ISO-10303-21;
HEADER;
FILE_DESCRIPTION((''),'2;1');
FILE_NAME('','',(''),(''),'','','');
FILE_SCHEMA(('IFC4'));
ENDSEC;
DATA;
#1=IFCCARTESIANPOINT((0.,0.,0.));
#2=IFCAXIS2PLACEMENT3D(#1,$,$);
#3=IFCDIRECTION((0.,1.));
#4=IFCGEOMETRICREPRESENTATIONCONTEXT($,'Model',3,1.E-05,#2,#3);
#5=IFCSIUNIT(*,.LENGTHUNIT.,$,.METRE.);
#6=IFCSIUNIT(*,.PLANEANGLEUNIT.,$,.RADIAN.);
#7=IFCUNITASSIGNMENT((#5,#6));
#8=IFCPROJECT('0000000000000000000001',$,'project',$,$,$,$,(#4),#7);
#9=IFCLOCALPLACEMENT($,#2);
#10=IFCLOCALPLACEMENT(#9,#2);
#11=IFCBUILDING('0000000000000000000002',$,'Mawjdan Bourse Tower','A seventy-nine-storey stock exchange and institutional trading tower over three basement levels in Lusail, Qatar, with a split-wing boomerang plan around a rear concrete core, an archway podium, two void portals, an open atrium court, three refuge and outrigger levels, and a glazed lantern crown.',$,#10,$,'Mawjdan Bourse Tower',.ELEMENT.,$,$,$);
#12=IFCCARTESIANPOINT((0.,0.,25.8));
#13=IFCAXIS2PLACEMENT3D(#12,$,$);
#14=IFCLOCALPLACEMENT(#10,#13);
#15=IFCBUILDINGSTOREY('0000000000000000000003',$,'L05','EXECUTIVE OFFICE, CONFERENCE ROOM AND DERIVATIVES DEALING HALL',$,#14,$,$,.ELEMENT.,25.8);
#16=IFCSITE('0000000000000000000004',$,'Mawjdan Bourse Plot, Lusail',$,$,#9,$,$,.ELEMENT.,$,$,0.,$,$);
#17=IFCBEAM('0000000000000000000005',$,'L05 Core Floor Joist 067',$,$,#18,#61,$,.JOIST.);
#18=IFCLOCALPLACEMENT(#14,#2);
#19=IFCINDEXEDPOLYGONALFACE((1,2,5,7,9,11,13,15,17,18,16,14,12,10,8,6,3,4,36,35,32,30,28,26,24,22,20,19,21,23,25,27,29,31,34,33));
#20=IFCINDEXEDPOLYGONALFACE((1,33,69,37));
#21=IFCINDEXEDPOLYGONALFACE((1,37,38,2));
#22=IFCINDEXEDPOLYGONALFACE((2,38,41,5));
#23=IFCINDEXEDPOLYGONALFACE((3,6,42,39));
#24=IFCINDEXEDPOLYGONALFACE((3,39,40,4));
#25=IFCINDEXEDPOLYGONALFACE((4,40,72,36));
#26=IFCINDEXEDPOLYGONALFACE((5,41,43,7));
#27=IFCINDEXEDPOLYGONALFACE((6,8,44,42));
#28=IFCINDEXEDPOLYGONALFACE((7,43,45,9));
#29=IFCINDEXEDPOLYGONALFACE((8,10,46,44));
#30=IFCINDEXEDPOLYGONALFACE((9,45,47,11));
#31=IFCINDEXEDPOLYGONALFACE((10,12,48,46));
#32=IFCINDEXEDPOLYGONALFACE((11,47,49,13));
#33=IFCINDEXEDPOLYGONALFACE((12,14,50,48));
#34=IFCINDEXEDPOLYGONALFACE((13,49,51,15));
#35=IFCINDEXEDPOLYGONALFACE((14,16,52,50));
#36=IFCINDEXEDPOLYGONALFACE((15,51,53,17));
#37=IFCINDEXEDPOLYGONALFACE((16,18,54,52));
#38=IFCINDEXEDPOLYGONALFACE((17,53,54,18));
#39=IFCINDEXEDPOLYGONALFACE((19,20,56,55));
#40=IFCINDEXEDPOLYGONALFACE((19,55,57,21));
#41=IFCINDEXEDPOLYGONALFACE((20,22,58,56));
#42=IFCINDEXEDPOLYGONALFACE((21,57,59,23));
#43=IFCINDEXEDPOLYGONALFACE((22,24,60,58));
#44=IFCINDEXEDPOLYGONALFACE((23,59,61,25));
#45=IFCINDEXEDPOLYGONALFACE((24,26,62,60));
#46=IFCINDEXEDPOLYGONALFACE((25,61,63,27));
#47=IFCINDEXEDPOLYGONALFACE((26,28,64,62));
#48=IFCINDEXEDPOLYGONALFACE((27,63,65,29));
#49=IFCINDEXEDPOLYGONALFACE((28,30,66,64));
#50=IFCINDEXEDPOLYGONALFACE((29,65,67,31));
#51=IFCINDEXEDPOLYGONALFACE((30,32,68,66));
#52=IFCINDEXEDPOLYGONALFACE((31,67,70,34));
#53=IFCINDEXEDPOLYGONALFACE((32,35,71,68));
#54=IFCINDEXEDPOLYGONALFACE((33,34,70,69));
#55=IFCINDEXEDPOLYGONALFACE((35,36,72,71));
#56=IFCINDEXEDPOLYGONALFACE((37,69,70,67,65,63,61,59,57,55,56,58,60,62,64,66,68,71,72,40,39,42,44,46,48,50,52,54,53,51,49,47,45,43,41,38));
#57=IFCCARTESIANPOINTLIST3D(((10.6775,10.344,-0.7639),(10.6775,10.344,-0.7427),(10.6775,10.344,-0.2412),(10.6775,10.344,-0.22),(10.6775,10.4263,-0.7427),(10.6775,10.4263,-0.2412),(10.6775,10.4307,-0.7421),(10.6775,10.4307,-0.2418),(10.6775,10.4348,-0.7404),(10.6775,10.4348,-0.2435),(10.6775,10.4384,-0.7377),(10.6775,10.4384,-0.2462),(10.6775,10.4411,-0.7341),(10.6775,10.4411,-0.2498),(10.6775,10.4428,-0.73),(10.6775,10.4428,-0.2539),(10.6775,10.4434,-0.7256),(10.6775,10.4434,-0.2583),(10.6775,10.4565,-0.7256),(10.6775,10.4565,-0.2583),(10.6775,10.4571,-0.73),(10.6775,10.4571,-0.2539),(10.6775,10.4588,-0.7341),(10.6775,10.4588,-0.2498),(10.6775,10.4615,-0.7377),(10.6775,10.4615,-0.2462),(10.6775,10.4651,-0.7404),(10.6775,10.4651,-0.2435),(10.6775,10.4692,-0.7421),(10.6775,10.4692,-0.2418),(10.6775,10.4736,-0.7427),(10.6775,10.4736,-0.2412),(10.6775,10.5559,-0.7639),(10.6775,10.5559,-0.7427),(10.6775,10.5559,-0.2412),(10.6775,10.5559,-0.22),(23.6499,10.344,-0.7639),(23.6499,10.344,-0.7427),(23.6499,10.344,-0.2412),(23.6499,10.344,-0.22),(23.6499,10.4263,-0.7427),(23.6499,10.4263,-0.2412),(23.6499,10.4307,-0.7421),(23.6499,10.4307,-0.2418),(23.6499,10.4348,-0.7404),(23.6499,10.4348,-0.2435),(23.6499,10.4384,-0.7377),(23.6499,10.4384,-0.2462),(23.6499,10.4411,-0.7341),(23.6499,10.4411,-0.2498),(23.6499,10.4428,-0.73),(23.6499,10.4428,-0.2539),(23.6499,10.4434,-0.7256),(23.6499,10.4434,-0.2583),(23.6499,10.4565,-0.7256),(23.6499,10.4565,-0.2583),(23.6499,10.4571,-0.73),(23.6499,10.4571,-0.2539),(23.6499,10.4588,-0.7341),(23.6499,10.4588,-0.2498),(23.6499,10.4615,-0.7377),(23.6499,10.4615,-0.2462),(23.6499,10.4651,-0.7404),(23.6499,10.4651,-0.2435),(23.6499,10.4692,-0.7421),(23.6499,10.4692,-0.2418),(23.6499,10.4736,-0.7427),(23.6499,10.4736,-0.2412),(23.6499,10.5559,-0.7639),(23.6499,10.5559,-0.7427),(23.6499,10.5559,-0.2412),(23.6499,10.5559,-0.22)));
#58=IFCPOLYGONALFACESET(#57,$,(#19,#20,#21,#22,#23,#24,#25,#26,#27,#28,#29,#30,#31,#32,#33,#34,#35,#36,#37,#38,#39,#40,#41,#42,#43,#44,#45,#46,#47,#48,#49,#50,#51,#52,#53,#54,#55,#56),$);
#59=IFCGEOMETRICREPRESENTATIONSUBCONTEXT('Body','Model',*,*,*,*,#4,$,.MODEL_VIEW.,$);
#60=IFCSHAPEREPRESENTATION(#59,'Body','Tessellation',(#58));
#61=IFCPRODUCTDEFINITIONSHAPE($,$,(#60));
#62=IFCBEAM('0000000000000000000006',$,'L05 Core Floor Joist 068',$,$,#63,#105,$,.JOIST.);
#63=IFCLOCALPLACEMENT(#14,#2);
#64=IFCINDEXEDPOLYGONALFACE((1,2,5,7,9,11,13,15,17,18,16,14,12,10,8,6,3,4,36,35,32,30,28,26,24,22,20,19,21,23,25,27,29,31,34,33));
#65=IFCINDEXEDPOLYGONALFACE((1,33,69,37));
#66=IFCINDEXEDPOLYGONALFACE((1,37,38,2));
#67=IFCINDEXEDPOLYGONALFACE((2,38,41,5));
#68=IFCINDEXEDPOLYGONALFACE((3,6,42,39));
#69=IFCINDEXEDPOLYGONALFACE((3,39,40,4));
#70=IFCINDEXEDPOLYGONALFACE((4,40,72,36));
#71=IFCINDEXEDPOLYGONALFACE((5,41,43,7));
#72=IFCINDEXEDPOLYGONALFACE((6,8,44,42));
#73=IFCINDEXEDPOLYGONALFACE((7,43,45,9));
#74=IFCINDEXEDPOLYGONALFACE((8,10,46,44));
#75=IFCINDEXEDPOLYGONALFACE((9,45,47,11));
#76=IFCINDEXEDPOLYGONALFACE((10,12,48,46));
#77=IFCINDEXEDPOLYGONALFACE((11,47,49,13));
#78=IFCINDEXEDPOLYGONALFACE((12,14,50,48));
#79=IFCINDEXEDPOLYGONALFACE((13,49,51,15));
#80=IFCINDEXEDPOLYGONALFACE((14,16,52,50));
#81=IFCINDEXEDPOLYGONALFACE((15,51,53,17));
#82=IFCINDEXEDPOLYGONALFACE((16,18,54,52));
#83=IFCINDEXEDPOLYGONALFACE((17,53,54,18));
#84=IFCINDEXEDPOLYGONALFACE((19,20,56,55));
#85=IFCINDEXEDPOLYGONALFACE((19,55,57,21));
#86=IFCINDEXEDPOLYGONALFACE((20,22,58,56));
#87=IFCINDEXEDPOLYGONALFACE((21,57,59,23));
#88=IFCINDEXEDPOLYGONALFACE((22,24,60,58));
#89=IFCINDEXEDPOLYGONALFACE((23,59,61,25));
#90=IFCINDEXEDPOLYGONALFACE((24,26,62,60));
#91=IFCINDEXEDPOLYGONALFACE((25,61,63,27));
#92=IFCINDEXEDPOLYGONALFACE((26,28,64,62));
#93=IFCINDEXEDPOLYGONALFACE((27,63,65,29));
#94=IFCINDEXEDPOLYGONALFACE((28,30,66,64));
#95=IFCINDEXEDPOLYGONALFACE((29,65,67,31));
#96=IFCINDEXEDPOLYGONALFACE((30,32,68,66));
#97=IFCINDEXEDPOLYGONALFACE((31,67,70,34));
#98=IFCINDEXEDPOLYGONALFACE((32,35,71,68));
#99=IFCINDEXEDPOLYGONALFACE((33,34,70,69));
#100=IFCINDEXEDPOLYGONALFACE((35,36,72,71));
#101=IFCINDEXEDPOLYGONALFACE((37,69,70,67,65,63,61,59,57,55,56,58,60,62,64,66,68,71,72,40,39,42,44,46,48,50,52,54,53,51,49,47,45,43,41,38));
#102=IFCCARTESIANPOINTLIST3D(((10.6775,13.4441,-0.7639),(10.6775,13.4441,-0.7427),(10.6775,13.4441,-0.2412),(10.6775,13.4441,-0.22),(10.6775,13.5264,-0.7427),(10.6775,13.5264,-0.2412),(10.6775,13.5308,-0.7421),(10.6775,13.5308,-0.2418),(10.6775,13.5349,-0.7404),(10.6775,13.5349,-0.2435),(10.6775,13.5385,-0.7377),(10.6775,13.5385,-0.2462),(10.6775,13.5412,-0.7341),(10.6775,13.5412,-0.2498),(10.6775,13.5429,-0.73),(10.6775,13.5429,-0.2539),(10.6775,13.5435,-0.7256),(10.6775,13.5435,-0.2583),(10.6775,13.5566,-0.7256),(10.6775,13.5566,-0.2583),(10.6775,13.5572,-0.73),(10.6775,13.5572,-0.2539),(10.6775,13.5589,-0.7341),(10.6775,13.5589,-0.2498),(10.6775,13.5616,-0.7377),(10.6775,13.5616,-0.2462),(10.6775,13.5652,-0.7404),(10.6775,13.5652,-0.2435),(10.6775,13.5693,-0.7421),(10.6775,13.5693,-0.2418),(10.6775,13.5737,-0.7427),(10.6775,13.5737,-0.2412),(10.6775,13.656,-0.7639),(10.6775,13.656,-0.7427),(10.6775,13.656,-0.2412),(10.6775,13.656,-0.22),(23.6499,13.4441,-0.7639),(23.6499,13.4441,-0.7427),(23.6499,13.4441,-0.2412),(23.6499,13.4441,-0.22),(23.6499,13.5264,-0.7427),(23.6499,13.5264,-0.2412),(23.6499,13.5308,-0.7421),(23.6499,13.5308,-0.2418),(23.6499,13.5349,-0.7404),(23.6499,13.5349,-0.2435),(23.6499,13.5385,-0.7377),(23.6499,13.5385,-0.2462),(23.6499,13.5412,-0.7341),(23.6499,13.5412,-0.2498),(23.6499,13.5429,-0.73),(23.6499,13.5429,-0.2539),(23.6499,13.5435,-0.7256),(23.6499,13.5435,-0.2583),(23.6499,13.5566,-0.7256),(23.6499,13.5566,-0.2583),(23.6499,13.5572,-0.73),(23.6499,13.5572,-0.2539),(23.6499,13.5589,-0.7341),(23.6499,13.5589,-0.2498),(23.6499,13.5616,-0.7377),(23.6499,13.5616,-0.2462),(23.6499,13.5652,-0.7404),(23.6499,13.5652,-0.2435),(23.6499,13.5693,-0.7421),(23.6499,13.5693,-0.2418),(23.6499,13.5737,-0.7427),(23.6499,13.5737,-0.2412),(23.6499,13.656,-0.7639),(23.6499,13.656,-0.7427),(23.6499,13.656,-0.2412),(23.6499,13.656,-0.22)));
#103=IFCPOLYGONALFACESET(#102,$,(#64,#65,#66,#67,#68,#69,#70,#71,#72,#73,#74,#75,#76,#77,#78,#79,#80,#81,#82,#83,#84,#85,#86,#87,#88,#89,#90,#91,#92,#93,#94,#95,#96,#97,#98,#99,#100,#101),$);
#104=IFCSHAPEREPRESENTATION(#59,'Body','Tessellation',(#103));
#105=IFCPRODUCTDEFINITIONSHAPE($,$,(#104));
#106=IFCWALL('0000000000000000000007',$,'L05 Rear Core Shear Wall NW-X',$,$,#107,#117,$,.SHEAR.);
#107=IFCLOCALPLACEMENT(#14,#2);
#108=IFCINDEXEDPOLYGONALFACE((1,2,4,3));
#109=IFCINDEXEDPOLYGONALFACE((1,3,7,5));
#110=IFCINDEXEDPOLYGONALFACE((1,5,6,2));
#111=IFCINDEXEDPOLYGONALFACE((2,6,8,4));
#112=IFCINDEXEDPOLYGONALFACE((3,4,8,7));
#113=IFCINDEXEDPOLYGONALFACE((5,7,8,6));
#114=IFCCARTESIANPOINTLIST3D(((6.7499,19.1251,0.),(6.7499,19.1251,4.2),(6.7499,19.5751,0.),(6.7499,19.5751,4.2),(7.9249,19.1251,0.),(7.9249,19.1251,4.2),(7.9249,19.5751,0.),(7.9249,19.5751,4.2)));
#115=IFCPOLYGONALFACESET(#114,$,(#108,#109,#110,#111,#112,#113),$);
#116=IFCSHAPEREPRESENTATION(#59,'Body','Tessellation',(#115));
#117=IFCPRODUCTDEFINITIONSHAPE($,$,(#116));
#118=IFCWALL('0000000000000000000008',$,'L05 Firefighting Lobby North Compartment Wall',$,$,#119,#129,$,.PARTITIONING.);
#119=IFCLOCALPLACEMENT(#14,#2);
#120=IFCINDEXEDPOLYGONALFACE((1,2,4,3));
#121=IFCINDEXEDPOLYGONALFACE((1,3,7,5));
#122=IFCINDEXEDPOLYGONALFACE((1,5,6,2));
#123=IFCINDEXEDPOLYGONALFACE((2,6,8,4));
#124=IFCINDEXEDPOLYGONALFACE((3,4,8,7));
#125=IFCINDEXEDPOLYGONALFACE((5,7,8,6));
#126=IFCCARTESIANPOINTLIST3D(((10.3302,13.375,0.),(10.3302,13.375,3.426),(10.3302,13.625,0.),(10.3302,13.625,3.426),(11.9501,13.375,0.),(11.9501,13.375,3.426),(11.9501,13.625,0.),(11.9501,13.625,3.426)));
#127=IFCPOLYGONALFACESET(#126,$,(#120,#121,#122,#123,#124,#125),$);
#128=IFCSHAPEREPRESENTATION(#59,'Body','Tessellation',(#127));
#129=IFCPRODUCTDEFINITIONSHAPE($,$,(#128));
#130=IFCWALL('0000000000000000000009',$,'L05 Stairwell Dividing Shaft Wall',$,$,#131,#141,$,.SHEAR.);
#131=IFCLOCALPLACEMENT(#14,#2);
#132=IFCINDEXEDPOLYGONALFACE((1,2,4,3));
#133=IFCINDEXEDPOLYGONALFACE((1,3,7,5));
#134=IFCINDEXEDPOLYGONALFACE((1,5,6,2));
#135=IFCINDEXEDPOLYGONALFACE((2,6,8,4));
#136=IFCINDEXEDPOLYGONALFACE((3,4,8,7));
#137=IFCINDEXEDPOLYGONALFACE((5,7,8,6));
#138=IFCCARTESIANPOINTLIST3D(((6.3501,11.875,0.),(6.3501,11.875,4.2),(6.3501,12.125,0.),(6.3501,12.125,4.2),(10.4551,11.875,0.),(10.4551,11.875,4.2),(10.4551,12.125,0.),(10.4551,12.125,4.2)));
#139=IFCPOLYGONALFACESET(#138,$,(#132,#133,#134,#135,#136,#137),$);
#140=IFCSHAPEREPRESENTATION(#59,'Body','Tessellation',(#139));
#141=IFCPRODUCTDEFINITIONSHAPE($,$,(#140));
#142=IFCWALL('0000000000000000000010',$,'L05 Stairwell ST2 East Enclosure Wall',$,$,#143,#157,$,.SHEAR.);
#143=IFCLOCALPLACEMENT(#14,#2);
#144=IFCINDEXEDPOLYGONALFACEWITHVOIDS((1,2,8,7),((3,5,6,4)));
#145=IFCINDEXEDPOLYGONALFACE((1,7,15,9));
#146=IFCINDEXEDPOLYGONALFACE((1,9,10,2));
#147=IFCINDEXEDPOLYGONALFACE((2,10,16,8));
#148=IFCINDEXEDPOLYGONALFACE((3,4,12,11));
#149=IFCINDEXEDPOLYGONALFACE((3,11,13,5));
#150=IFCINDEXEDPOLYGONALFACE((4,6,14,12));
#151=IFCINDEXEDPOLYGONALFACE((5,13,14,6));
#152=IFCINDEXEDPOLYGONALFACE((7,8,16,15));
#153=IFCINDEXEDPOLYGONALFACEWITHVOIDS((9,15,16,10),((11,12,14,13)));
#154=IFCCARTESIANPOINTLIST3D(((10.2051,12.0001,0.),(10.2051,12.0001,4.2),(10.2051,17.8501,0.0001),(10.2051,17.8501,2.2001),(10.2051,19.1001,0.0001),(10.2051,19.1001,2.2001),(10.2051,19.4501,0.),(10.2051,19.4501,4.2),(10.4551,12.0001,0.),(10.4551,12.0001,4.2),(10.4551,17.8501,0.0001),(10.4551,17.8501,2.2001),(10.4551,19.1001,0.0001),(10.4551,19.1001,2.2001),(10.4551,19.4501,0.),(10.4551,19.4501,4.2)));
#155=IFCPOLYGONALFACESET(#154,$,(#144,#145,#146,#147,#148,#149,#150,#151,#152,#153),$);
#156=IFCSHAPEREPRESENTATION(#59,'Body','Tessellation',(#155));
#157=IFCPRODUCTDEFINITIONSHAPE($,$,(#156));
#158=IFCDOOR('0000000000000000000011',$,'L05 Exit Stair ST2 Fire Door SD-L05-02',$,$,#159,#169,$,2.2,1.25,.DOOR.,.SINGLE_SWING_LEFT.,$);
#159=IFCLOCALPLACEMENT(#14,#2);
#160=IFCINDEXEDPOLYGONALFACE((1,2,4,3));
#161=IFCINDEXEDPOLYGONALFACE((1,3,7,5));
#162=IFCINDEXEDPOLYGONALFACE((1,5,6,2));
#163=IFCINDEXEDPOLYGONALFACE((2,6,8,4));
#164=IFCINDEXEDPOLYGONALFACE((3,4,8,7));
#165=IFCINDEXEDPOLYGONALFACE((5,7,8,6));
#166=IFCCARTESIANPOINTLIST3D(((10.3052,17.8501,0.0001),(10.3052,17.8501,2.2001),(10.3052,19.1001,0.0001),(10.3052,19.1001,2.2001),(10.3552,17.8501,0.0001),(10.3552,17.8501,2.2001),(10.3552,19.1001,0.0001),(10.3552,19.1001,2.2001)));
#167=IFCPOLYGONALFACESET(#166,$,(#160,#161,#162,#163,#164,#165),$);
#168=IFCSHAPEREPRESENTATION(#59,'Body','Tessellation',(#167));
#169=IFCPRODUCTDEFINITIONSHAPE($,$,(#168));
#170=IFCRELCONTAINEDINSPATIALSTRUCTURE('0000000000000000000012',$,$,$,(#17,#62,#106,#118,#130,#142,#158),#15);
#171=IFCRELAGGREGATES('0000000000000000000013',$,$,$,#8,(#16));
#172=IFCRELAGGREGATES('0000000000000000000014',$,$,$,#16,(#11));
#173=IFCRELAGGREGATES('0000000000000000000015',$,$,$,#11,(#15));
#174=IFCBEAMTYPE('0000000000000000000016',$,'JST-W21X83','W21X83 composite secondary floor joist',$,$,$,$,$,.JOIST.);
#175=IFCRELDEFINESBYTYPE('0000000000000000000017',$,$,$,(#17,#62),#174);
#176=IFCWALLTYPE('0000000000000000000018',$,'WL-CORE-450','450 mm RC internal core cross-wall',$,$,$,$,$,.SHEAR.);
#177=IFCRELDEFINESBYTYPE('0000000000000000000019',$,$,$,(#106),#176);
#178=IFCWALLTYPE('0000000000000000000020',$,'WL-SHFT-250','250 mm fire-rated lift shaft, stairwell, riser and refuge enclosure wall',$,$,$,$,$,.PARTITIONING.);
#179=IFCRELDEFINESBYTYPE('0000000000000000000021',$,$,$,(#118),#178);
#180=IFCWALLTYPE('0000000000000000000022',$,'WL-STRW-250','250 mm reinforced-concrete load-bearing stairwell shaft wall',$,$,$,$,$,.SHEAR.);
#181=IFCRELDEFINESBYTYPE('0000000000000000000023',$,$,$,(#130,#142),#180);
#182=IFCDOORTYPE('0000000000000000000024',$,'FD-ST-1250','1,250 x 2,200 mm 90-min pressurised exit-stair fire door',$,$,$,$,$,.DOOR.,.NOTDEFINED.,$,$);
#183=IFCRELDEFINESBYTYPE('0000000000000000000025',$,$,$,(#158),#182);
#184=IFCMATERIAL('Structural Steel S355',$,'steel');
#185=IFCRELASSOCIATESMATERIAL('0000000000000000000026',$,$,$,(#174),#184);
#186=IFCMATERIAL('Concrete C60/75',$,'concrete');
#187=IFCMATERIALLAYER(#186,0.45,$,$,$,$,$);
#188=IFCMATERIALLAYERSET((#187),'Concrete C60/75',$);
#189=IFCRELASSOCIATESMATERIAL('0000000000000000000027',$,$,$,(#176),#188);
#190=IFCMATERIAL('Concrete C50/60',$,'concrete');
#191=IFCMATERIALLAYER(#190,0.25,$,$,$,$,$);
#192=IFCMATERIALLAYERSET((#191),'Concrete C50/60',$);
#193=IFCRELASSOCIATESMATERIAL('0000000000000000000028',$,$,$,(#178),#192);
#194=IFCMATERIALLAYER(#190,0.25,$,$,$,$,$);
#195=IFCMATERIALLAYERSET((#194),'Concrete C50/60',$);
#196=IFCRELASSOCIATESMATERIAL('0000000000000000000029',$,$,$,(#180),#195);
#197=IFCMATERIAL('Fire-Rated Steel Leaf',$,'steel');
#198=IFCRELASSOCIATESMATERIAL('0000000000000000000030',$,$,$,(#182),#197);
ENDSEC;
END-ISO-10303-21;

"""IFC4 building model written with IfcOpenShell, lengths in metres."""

from ifc_helpers import new_model, si_unit, direction, frame, frame_2d, origin, origin_2d, place, context, subcontext, project, spatial, rectangle, i_section, extrude, material, layer, layer_set, material_profile, profile_set, type_object, element, fill, save


model = new_model("IFC4")

# Units and contexts
model_context = context("Model", 3, precision=1e-05, world=origin(), true_north=direction((0.0, 1.0)))
body_context = subcontext(model_context, "Body", "Model", "MODEL_VIEW")
ifc_project = project(units=[si_unit("LENGTHUNIT", "METRE"), si_unit("PLANEANGLEUNIT", "RADIAN")], contexts=[model_context])

# Site, building, storey
site_placement = place(None, origin())
site = spatial("IfcSite", under=ifc_project, at=site_placement, Name="Mawjdan Bourse Plot, Lusail", CompositionType="ELEMENT", RefElevation=0.0)
building_placement = place(site_placement, origin())
building = spatial("IfcBuilding", under=site, at=building_placement, Name="Mawjdan Bourse Tower", Description="A seventy-nine-storey stock exchange and institutional trading tower over three basement levels in Lusail, Qatar, with a split-wing boomerang plan around a rear concrete core, an archway podium, two void portals, an open atrium court, three refuge and outrigger levels, and a glazed lantern crown.", LongName="Mawjdan Bourse Tower", CompositionType="ELEMENT")
storey_placement = place(building_placement, frame((0.0, 0.0, 25.8)))
storey = spatial("IfcBuildingStorey", under=building, at=storey_placement, Name="L05", Description="EXECUTIVE OFFICE, CONFERENCE ROOM AND DERIVATIVES DEALING HALL", CompositionType="ELEMENT", Elevation=25.8)

# Beams
ifc_material_1 = material(Name="Structural Steel S355", Category="steel")
ifc_material_profile = material_profile(ifc_material_1, i_section(OverallWidth=0.2119, OverallDepth=0.5439, WebThickness=0.0132, FlangeThickness=0.0212, FilletRadius=0.0171, at=origin_2d()), Name="W21X83")
ifc_profile_set = profile_set([ifc_material_profile], Name="Structural Steel S355")
beam_type = type_object("IfcBeamType", Name="JST-W21X83", Description="W21X83 composite secondary floor joist", PredefinedType="JOIST", material=ifc_profile_set)
for number, where, z_axis, x_axis, name in (
    (1, (10.6775, 10.45, -0.4919), (1.0, 0.0, 0.0), (0.0, 1.0, 0.0), "L05 Core Floor Joist 067"),
    (2, (10.6775, 13.55, -0.4919), (1.0, 0.0, 0.0), (0.0, 1.0, 0.0), "L05 Core Floor Joist 068"),
):
    element("IfcBeam", number, at=place(storey_placement, frame(where, z_axis=z_axis, x_axis=x_axis)), inside=storey, type_object=beam_type, Name=name, PredefinedType="JOIST", context=body_context, shape_type="SweptSolid", body=[
        extrude(i_section(OverallWidth=0.2119, OverallDepth=0.5439, WebThickness=0.0132, FlangeThickness=0.0212, FilletRadius=0.0171, at=origin_2d()), origin(), (0.0, 0.0, 1.0), 12.9724),
    ])

# Walls
ifc_material_2 = material(Name="Concrete C60/75", Category="concrete")
ifc_layer_1 = layer(ifc_material_2, 0.45)
ifc_layer_set_1 = layer_set([ifc_layer_1], Name="Concrete C60/75")
wall_type_1 = type_object("IfcWallType", Name="WL-CORE-450", Description="450 mm RC internal core cross-wall", PredefinedType="SHEAR", material=ifc_layer_set_1)
wall_1_placement = place(storey_placement, frame((6.75, 19.3501, 0.0), z_axis=(0.0, 0.0, 1.0), x_axis=(1.0, 0.0, 0.0)))
element("IfcWall", 3, at=wall_1_placement, inside=storey, type_object=wall_type_1, Name="L05 Rear Core Shear Wall NW-X", PredefinedType="SHEAR", context=body_context, shape_type="SweptSolid", body=[
    extrude(rectangle(XDim=1.175, YDim=0.45, at=frame_2d((0.5874, 0.0))), origin(), (0.0, 0.0, 1.0), 4.2),
])
ifc_material_3 = material(Name="Concrete C50/60", Category="concrete")
ifc_layer_2 = layer(ifc_material_3, 0.25)
ifc_layer_set_2 = layer_set([ifc_layer_2], Name="Concrete C50/60")
wall_type_2 = type_object("IfcWallType", Name="WL-SHFT-250", Description="250 mm fire-rated lift shaft, stairwell, riser and refuge enclosure wall", PredefinedType="PARTITIONING", material=ifc_layer_set_2)
wall_2_placement = place(storey_placement, frame((10.3301, 13.5, 0.0), z_axis=(0.0, 0.0, 1.0), x_axis=(1.0, 0.0, 0.0)))
element("IfcWall", 4, at=wall_2_placement, inside=storey, type_object=wall_type_2, Name="L05 Firefighting Lobby North Compartment Wall", PredefinedType="PARTITIONING", context=body_context, shape_type="SweptSolid", body=[
    extrude(rectangle(XDim=1.6199, YDim=0.25, at=frame_2d((0.8101, 0.0))), origin(), (0.0, 0.0, 1.0), 3.426),
])
ifc_layer_3 = layer(ifc_material_3, 0.25)
ifc_layer_set_3 = layer_set([ifc_layer_3], Name="Concrete C50/60")
wall_type_3 = type_object("IfcWallType", Name="WL-STRW-250", Description="250 mm reinforced-concrete load-bearing stairwell shaft wall", PredefinedType="SHEAR", material=ifc_layer_set_3)
wall_3_placement = place(storey_placement, frame((6.3501, 12.0, 0.0), z_axis=(0.0, 0.0, 1.0), x_axis=(1.0, 0.0, 0.0)))
element("IfcWall", 5, at=wall_3_placement, inside=storey, type_object=wall_type_3, Name="L05 Stairwell Dividing Shaft Wall", PredefinedType="SHEAR", context=body_context, shape_type="SweptSolid", body=[
    extrude(rectangle(XDim=4.105, YDim=0.25, at=frame_2d((2.0525, 0.0))), origin(), (0.0, 0.0, 1.0), 4.2),
])

# Wall, opening, door
wall_4_placement = place(storey_placement, frame((10.3301, 12.0, 0.0), z_axis=(0.0, 0.0, 1.0), x_axis=(0.0, 1.0, 0.0)))
wall_4 = element("IfcWall", 6, at=wall_4_placement, inside=storey, type_object=wall_type_3, Name="L05 Stairwell ST2 East Enclosure Wall", PredefinedType="SHEAR", context=body_context, shape_type="SweptSolid", body=[
    extrude(rectangle(XDim=7.45, YDim=0.25, at=frame_2d((3.7251, 0.0))), origin(), (0.0, 0.0, 1.0), 4.2),
])
opening_placement = place(wall_4_placement, frame((5.8501, 0.0, 0.0)))
opening = element("IfcOpeningElement", 7, at=opening_placement, cuts=wall_4, PredefinedType="OPENING", context=body_context, shape_type="SweptSolid", body=[
    extrude(rectangle(XDim=1.25, YDim=2.2, at=frame_2d((0.625, 1.1001))), frame((0.0, 0.135, 0.0), z_axis=(0.0, -1.0, 0.0), x_axis=(1.0, 0.0, 0.0)), (0.0, 0.0, 1.0), 0.27),
])
ifc_material_4 = material(Name="Fire-Rated Steel Leaf", Category="steel")
door_type = type_object("IfcDoorType", Name="FD-ST-1250", Description="1,250 x 2,200 mm 90-min pressurised exit-stair fire door", OperationType="NOTDEFINED", PredefinedType="DOOR", material=ifc_material_4)
door_placement = place(opening_placement, origin())
door = element("IfcDoor", 8, at=door_placement, inside=storey, type_object=door_type, Name="L05 Exit Stair ST2 Fire Door SD-L05-02", OperationType="SINGLE_SWING_LEFT", OverallHeight=2.2, OverallWidth=1.25, PredefinedType="DOOR", context=body_context, shape_type="SweptSolid", body=[
    extrude(rectangle(XDim=1.25, YDim=2.2, at=frame_2d((0.625, 1.1001))), frame((0.0, 0.0249, 0.0), z_axis=(0.0, -1.0, 0.0), x_axis=(1.0, 0.0, 0.0)), (0.0, 0.0, 1.0), 0.05),
])
fill(opening, door)

save(model, "model.ifc")
